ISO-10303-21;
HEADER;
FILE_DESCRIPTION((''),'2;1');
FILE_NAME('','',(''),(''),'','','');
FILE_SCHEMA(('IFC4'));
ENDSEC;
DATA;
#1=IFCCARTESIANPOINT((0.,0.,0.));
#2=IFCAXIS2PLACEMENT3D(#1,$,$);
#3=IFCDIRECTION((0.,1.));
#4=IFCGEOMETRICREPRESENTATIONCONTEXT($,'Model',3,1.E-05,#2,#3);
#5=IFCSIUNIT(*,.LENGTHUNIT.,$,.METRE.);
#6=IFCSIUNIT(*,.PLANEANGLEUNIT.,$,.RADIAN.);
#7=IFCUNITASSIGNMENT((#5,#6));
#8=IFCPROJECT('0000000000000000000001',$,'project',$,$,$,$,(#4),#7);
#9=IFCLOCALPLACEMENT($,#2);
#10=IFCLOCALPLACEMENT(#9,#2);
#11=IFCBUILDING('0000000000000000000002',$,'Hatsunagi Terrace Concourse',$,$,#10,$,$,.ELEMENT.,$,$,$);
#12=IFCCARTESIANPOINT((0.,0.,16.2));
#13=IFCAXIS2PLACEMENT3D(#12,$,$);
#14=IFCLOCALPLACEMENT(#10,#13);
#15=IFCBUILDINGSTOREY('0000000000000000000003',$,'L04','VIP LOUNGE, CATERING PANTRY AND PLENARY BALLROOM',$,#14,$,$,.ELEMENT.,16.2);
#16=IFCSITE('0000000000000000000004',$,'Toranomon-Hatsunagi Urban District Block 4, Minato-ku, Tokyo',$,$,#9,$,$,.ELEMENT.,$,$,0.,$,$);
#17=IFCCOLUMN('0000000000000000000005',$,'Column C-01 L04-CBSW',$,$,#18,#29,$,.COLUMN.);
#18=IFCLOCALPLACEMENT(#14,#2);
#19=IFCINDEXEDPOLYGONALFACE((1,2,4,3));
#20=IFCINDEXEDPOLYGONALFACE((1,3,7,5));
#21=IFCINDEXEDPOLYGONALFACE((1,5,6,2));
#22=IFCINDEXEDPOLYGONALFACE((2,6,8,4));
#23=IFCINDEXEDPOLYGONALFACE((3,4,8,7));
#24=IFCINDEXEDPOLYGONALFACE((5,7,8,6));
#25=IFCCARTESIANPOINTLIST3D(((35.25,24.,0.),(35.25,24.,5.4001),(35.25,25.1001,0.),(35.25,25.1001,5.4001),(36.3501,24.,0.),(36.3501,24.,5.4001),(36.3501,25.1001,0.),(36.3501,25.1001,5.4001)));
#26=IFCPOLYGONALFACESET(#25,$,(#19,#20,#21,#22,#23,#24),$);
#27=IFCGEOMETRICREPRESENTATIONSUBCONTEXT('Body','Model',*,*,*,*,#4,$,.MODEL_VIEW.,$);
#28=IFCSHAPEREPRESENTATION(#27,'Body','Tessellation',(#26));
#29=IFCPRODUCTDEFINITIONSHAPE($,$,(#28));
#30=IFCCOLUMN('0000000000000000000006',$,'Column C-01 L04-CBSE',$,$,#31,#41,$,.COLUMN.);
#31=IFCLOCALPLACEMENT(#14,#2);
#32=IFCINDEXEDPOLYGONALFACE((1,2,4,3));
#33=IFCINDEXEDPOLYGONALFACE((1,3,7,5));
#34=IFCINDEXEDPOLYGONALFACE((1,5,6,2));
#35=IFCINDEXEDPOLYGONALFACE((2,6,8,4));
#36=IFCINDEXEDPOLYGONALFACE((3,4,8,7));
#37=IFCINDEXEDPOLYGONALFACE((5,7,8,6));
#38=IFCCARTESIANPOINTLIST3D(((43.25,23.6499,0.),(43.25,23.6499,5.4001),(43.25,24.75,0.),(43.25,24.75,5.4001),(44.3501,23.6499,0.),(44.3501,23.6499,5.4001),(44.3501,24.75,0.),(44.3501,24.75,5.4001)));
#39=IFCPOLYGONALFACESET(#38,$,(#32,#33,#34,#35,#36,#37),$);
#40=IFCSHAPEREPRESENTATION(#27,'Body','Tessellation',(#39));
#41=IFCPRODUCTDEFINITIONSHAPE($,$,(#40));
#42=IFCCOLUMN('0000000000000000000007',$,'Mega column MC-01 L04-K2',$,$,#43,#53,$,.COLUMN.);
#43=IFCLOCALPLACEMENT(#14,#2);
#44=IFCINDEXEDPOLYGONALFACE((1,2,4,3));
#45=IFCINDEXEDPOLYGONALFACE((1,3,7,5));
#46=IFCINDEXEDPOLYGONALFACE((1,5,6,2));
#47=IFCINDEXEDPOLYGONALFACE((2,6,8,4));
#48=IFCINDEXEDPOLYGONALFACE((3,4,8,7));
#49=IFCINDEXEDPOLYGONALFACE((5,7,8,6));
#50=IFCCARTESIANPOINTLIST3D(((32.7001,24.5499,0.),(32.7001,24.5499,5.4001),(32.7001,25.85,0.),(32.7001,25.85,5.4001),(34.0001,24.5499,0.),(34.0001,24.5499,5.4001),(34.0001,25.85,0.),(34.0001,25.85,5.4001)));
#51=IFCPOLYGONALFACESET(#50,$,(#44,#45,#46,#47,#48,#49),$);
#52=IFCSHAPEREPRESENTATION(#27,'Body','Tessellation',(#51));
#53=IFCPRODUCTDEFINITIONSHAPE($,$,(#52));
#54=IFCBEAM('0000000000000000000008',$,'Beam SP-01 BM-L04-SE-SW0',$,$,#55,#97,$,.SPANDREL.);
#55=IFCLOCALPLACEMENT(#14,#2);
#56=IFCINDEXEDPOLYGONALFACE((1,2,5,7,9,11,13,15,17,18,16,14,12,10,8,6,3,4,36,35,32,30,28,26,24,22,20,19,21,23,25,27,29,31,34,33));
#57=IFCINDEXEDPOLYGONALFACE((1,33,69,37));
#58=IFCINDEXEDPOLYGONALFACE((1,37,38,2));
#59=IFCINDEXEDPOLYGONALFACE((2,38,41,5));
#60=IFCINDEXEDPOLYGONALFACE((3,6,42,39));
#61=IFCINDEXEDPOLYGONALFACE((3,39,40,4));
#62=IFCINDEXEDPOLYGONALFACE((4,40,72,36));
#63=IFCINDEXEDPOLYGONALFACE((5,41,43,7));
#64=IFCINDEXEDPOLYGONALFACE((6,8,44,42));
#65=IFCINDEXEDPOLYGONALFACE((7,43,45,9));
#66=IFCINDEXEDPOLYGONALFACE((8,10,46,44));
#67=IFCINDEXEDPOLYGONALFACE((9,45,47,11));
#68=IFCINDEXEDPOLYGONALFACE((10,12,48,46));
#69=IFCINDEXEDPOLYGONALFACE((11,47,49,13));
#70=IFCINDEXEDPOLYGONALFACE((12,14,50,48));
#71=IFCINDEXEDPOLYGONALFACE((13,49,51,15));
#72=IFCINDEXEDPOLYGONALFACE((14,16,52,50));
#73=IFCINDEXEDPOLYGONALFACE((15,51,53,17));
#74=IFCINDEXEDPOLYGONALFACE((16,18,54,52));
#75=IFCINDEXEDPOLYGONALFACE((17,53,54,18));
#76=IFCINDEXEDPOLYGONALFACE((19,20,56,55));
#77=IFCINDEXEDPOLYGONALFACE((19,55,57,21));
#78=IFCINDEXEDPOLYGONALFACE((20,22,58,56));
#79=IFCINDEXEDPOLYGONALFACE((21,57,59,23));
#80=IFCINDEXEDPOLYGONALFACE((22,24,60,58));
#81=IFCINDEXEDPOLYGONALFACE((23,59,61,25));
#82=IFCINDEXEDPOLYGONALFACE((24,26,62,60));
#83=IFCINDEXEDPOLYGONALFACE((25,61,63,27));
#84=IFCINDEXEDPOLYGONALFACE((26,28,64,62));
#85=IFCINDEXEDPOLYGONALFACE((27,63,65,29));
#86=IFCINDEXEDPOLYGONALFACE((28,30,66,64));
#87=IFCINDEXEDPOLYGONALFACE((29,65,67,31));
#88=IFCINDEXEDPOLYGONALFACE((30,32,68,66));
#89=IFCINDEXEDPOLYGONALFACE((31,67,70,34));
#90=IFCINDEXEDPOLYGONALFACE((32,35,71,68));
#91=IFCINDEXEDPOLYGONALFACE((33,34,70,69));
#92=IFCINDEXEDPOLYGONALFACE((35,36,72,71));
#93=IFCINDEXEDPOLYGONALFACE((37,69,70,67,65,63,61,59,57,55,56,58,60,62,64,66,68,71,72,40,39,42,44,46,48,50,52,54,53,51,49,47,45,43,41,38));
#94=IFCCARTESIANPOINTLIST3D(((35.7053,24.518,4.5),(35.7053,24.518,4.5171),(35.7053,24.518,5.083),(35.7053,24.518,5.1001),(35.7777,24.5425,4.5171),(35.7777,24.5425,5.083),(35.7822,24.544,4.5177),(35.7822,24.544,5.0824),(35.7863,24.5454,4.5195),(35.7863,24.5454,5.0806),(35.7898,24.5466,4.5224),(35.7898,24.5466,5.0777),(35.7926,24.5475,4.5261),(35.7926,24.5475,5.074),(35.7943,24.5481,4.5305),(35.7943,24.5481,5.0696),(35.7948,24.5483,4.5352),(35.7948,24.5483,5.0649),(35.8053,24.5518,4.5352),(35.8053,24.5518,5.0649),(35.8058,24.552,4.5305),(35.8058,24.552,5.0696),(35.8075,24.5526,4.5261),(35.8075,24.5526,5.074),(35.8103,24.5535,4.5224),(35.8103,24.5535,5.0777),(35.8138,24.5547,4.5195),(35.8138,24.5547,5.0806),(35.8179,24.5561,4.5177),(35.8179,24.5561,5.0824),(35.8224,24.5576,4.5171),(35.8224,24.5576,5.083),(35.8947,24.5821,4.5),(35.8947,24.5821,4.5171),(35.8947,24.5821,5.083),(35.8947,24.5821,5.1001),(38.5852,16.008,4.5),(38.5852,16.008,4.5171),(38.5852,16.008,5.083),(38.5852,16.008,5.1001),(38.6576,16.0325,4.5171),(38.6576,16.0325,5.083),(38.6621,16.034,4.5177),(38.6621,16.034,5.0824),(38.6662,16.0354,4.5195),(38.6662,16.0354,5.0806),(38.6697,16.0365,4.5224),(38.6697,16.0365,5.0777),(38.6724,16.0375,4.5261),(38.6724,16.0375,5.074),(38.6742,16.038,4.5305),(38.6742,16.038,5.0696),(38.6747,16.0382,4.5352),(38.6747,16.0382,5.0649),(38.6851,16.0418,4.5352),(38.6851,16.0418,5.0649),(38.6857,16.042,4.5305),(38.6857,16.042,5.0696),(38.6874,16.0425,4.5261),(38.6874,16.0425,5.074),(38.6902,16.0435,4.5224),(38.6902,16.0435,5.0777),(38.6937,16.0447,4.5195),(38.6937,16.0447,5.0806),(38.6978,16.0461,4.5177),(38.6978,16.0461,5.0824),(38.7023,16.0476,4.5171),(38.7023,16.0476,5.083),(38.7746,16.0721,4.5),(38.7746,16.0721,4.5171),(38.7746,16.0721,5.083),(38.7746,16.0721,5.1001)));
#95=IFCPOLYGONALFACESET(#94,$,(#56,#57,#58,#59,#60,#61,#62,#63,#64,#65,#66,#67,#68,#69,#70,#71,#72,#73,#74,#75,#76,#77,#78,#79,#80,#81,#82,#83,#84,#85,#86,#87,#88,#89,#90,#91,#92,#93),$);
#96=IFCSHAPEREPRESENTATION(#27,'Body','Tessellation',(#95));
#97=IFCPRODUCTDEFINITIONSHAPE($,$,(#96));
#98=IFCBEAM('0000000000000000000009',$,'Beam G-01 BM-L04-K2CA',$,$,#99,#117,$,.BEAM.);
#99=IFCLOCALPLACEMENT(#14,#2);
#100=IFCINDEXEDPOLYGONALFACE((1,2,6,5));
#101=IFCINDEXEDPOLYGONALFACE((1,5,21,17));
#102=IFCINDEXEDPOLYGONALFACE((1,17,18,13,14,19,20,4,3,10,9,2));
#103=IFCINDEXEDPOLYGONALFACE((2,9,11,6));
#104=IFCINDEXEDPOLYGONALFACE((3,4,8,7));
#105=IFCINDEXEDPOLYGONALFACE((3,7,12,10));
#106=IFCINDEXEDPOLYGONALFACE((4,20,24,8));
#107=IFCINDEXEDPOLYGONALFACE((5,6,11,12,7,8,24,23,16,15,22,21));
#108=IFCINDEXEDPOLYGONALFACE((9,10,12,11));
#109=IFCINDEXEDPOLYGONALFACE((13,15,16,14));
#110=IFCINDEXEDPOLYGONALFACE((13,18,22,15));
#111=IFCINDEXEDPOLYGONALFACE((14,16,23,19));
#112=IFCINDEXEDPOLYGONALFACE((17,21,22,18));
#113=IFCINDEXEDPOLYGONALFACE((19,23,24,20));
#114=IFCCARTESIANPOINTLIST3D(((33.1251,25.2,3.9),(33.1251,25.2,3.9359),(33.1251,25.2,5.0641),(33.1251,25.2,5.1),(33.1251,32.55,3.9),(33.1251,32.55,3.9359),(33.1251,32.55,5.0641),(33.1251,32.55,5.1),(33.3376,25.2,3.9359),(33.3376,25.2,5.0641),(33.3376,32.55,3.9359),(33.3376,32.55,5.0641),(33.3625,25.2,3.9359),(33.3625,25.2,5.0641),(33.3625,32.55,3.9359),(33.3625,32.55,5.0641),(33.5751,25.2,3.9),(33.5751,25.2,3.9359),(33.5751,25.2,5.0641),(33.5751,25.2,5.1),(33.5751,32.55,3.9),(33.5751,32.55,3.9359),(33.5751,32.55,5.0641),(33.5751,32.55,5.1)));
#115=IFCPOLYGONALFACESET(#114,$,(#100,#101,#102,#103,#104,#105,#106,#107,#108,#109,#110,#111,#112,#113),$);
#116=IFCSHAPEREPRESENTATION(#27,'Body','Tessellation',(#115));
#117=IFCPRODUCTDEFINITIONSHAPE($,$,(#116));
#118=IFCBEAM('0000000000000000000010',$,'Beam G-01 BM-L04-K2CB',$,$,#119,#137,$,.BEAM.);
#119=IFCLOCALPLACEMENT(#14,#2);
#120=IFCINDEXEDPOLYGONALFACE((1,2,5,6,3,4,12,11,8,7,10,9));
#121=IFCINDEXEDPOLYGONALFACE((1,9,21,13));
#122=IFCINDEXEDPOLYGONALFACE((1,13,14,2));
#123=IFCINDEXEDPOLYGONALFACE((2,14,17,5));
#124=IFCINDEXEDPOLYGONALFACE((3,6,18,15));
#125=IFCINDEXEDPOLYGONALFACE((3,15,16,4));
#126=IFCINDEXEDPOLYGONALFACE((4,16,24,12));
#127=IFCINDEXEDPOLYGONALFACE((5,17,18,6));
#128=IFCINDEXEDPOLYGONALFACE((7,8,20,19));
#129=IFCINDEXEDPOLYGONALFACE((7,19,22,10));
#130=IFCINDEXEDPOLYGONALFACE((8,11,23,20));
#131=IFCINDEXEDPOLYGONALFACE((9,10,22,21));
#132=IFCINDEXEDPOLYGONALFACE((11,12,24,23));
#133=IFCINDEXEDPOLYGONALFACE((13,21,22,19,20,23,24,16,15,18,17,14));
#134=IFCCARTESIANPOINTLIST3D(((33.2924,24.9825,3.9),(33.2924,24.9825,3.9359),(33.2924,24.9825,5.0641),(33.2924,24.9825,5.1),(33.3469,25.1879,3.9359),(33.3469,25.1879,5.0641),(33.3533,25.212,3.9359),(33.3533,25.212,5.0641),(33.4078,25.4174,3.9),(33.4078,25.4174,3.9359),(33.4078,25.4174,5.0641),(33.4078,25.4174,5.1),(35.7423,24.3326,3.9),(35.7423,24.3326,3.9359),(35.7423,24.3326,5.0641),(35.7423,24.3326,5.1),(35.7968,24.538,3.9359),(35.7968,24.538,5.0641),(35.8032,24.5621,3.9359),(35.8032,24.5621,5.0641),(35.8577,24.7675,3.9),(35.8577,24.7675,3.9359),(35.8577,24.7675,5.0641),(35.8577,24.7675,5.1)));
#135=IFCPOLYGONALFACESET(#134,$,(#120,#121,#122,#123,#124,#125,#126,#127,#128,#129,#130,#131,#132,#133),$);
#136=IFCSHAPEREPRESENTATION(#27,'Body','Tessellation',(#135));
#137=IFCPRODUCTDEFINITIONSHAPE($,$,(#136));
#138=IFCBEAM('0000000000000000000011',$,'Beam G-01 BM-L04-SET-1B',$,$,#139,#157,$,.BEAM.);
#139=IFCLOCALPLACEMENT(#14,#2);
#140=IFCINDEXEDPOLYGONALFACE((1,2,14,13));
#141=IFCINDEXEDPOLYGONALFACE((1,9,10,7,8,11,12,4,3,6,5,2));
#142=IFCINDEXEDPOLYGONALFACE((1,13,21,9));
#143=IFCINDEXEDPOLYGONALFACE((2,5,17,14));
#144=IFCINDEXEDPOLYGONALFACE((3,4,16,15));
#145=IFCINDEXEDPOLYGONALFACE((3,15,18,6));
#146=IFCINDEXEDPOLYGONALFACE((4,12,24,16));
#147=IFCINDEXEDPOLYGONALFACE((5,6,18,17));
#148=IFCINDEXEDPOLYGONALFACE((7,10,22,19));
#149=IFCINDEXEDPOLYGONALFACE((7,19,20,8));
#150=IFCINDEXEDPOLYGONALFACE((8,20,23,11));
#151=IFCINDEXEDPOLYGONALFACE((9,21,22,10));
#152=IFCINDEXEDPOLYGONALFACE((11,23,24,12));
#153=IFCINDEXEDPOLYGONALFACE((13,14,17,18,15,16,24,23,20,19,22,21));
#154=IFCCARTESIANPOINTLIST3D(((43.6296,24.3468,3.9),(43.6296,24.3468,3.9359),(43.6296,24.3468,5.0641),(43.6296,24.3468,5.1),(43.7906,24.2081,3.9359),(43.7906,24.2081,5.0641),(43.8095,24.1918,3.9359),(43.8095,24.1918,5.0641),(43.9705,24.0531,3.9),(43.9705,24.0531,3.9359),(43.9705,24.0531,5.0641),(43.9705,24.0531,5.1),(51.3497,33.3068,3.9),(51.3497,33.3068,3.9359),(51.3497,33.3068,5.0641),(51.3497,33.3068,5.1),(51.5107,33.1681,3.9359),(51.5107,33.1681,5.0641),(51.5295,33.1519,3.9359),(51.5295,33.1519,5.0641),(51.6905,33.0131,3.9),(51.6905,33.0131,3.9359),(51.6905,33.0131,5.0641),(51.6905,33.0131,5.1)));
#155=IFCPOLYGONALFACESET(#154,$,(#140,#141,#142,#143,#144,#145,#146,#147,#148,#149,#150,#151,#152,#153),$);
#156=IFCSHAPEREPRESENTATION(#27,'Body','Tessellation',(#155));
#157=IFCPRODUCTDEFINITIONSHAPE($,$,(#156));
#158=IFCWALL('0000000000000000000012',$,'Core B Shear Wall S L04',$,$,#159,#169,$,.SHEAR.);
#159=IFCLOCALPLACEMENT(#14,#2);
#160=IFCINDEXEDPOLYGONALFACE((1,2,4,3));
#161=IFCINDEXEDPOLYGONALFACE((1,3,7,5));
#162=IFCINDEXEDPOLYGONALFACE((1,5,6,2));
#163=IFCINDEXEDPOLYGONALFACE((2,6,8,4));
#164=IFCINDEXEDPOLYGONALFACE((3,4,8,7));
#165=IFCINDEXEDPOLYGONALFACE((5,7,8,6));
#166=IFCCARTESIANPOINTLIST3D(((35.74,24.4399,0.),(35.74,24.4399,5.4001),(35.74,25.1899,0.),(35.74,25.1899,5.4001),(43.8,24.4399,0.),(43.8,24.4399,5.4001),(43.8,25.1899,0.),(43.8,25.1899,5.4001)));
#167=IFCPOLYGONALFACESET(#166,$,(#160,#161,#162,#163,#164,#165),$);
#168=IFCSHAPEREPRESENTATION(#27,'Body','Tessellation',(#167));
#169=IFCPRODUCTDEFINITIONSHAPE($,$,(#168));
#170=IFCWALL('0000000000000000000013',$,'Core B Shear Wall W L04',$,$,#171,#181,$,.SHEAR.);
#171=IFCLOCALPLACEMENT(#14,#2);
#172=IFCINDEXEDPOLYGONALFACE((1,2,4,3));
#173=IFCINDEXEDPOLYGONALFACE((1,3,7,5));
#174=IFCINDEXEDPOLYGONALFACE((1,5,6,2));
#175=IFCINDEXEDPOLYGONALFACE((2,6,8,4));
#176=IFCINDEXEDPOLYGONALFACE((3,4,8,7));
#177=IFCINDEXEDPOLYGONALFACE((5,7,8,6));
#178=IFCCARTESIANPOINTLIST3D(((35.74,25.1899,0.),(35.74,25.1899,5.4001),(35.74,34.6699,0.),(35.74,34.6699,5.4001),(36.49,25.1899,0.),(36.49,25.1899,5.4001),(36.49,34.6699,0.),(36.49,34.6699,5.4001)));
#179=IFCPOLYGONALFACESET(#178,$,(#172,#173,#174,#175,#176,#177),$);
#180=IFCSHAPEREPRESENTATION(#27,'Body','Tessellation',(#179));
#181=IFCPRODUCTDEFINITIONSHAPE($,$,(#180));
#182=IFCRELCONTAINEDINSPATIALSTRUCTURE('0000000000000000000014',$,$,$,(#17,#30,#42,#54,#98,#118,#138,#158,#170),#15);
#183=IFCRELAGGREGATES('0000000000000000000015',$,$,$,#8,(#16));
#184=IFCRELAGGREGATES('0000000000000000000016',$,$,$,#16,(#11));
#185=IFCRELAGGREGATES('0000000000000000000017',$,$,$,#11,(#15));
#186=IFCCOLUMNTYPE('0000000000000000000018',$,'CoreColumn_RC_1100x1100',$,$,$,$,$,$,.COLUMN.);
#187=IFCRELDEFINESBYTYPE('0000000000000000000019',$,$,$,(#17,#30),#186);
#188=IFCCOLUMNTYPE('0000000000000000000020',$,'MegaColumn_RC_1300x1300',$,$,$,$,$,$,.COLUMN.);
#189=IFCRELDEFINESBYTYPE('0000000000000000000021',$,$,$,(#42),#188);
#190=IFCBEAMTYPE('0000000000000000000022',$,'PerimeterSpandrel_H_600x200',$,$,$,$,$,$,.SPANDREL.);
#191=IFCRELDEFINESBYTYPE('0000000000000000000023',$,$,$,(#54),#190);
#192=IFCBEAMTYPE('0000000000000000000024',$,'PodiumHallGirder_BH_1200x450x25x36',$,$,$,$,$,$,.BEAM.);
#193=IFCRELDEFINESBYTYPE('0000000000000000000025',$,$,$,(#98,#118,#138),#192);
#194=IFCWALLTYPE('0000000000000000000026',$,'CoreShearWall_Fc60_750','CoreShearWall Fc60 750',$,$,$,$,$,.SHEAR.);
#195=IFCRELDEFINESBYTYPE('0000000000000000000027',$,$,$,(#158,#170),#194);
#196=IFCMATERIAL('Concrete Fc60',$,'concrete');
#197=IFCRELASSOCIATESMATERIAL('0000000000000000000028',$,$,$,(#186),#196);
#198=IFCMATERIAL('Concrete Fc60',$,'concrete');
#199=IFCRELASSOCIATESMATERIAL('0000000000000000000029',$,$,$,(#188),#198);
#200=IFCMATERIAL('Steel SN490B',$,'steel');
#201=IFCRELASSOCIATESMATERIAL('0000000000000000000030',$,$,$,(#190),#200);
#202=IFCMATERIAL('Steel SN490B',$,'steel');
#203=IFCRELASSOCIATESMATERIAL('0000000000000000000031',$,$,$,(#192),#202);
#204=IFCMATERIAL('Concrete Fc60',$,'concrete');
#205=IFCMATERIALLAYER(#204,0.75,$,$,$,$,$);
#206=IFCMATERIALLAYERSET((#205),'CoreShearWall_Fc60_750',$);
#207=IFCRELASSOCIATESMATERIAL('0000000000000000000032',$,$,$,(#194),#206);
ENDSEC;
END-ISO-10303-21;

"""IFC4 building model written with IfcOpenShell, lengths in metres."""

from ifc_helpers import new_model, si_unit, direction, frame, frame_2d, origin, origin_2d, place, context, subcontext, project, spatial, rectangle, i_section, extrude, material, layer, layer_set, material_profile, profile_set, type_object, element, save


model = new_model("IFC4")

# Units and contexts
model_context = context("Model", 3, precision=1e-05, world=origin(), true_north=direction((0.0, 1.0)))
body_context = subcontext(model_context, "Body", "Model", "MODEL_VIEW")
ifc_project = project(units=[si_unit("LENGTHUNIT", "METRE"), si_unit("PLANEANGLEUNIT", "RADIAN")], contexts=[model_context])

# Site, building, storey
site_placement = place(None, origin())
site = spatial("IfcSite", under=ifc_project, at=site_placement, Name="Toranomon-Hatsunagi Urban District Block 4, Minato-ku, Tokyo", CompositionType="ELEMENT", RefElevation=0.0)
building_placement = place(site_placement, origin())
building = spatial("IfcBuilding", under=site, at=building_placement, Name="Hatsunagi Terrace Concourse", CompositionType="ELEMENT")
storey_placement = place(building_placement, frame((0.0, 0.0, 16.2)))
storey = spatial("IfcBuildingStorey", under=building, at=storey_placement, Name="L04", Description="VIP LOUNGE, CATERING PANTRY AND PLENARY BALLROOM", CompositionType="ELEMENT", Elevation=16.2)

# Columns
ifc_material_1 = material(Name="Concrete Fc60", Category="concrete")
ifc_material_profile_1 = material_profile(ifc_material_1, rectangle(XDim=1.1001, YDim=1.1001, at=origin_2d()), Name="RC-1100x1100")
ifc_profile_set_1 = profile_set([ifc_material_profile_1], Name="Concrete Fc60")
column_type_1 = type_object("IfcColumnType", Name="CoreColumn_RC_1100x1100", PredefinedType="COLUMN", material=ifc_profile_set_1)
for number, where, z_axis, x_axis, name in (
    (1, (35.8, 24.55, 0.0), (0.0, 0.0, 1.0), (1.0, 0.0, 0.0), "Column C-01 L04-CBSW"),
    (2, (43.8, 24.2, 0.0), (0.0, 0.0, 1.0), (1.0, 0.0, 0.0), "Column C-01 L04-CBSE"),
):
    element("IfcColumn", number, at=place(storey_placement, frame(where, z_axis=z_axis, x_axis=x_axis)), inside=storey, type_object=column_type_1, Name=name, PredefinedType="COLUMN", context=body_context, shape_type="SweptSolid", body=[
        extrude(rectangle(XDim=1.1001, YDim=1.1001, at=origin_2d()), origin(), (0.0, 0.0, 1.0), 5.4001),
    ])
ifc_material_2 = material(Name="Concrete Fc60", Category="concrete")
ifc_material_profile_2 = material_profile(ifc_material_2, rectangle(XDim=1.3, YDim=1.3, at=origin_2d()), Name="RC-1300x1300")
ifc_profile_set_2 = profile_set([ifc_material_profile_2], Name="Concrete Fc60")
column_type_2 = type_object("IfcColumnType", Name="MegaColumn_RC_1300x1300", PredefinedType="COLUMN", material=ifc_profile_set_2)
column_placement = place(storey_placement, frame((33.3501, 25.2, 0.0), z_axis=(0.0, 0.0, 1.0), x_axis=(1.0, 0.0, 0.0)))
element("IfcColumn", 3, at=column_placement, inside=storey, type_object=column_type_2, Name="Mega column MC-01 L04-K2", PredefinedType="COLUMN", context=body_context, shape_type="SweptSolid", body=[
    extrude(rectangle(XDim=1.3, YDim=1.3, at=origin_2d()), origin(), (0.0, 0.0, 1.0), 5.4001),
])

# Beams
ifc_material_3 = material(Name="Steel SN490B", Category="steel")
ifc_material_profile_3 = material_profile(ifc_material_3, i_section(OverallWidth=0.2, OverallDepth=0.6001, WebThickness=0.011, FlangeThickness=0.0171, FilletRadius=0.0181, at=origin_2d()), Name="H-600x200x11x17")
ifc_profile_set_3 = profile_set([ifc_material_profile_3], Name="Steel SN490B")
beam_type_1 = type_object("IfcBeamType", Name="PerimeterSpandrel_H_600x200", PredefinedType="SPANDREL", material=ifc_profile_set_3)
beam_1_placement = place(storey_placement, frame((35.8, 24.55, 4.8), z_axis=(0.320553, -0.94723, 0.0), x_axis=(0.94723, 0.320553, 0.0)))
element("IfcBeam", 4, at=beam_1_placement, inside=storey, type_object=beam_type_1, Name="Beam SP-01 BM-L04-SE-SW0", PredefinedType="SPANDREL", context=body_context, shape_type="SweptSolid", body=[
    extrude(i_section(OverallWidth=0.2, OverallDepth=0.6001, WebThickness=0.011, FlangeThickness=0.0171, FilletRadius=0.0181, at=origin_2d()), origin(), (0.0, 0.0, 1.0), 8.9841),
])
ifc_material_4 = material(Name="Steel SN490B", Category="steel")
ifc_material_profile_4 = material_profile(ifc_material_4, i_section(OverallWidth=0.45, OverallDepth=1.2, WebThickness=0.0249, FlangeThickness=0.0359, at=origin_2d()), Name="BH-1200x450x25x36")
ifc_profile_set_4 = profile_set([ifc_material_profile_4], Name="Steel SN490B")
beam_type_2 = type_object("IfcBeamType", Name="PodiumHallGirder_BH_1200x450x25x36", PredefinedType="BEAM", material=ifc_profile_set_4)
beam_2_placement = place(storey_placement, frame((33.3501, 25.2, 4.5), z_axis=(0.0, 1.0, 0.0), x_axis=(-1.0, 0.0, 0.0)))
element("IfcBeam", 5, at=beam_2_placement, inside=storey, type_object=beam_type_2, Name="Beam G-01 BM-L04-K2CA", PredefinedType="BEAM", context=body_context, shape_type="SweptSolid", body=[
    extrude(i_section(OverallWidth=0.45, OverallDepth=1.2, WebThickness=0.0249, FlangeThickness=0.0359, at=origin_2d()), origin(), (0.0, 0.0, 1.0), 7.3501),
])
beam_3_placement = place(storey_placement, frame((33.3501, 25.2, 4.5), z_axis=(0.96657, -0.256403, 0.0), x_axis=(0.256403, 0.96657, 0.0)))
element("IfcBeam", 6, at=beam_3_placement, inside=storey, type_object=beam_type_2, Name="Beam G-01 BM-L04-K2CB", PredefinedType="BEAM", context=body_context, shape_type="SweptSolid", body=[
    extrude(i_section(OverallWidth=0.45, OverallDepth=1.2, WebThickness=0.0249, FlangeThickness=0.0359, at=origin_2d()), origin(), (0.0, 0.0, 1.0), 2.5347),
])
beam_4_placement = place(storey_placement, frame((43.8, 24.2, 4.5), z_axis=(0.652739, 0.757583, 0.0), x_axis=(-0.757583, 0.652739, 0.0)))
element("IfcBeam", 7, at=beam_4_placement, inside=storey, type_object=beam_type_2, Name="Beam G-01 BM-L04-SET-1B", PredefinedType="BEAM", context=body_context, shape_type="SweptSolid", body=[
    extrude(i_section(OverallWidth=0.45, OverallDepth=1.2, WebThickness=0.0249, FlangeThickness=0.0359, at=origin_2d()), origin(), (0.0, 0.0, 1.0), 11.8271),
])

# Walls
ifc_material_5 = material(Name="Concrete Fc60", Category="concrete")
ifc_layer_1 = layer(ifc_material_5, 0.75)
ifc_layer_set_1 = layer_set([ifc_layer_1], Name="CoreShearWall_Fc60_750")
wall_type_1 = type_object("IfcWallType", Name="CoreShearWall_Fc60_750", Description="CoreShearWall Fc60 750", PredefinedType="SHEAR", material=ifc_layer_set_1)
wall_1_placement = place(storey_placement, frame((35.74, 24.8149, 0.0), z_axis=(0.0, 0.0, 1.0), x_axis=(1.0, 0.0, 0.0)))
element("IfcWall", 8, at=wall_1_placement, inside=storey, type_object=wall_type_1, Name="Core B Shear Wall S L04", PredefinedType="SHEAR", context=body_context, shape_type="SweptSolid", body=[
    extrude(rectangle(XDim=8.0601, YDim=0.75, at=frame_2d((4.03, 0.0))), origin(), (0.0, 0.0, 1.0), 5.4001),
])
wall_2_placement = place(storey_placement, frame((36.115, 25.1899, 0.0), z_axis=(0.0, 0.0, 1.0), x_axis=(0.0, 1.0, 0.0)))
element("IfcWall", 9, at=wall_2_placement, inside=storey, type_object=wall_type_1, Name="Core B Shear Wall W L04", PredefinedType="SHEAR", context=body_context, shape_type="SweptSolid", body=[
    extrude(rectangle(XDim=9.48, YDim=0.75, at=frame_2d((4.74, 0.0))), origin(), (0.0, 0.0, 1.0), 5.4001),
])

save(model, "model.ifc")
